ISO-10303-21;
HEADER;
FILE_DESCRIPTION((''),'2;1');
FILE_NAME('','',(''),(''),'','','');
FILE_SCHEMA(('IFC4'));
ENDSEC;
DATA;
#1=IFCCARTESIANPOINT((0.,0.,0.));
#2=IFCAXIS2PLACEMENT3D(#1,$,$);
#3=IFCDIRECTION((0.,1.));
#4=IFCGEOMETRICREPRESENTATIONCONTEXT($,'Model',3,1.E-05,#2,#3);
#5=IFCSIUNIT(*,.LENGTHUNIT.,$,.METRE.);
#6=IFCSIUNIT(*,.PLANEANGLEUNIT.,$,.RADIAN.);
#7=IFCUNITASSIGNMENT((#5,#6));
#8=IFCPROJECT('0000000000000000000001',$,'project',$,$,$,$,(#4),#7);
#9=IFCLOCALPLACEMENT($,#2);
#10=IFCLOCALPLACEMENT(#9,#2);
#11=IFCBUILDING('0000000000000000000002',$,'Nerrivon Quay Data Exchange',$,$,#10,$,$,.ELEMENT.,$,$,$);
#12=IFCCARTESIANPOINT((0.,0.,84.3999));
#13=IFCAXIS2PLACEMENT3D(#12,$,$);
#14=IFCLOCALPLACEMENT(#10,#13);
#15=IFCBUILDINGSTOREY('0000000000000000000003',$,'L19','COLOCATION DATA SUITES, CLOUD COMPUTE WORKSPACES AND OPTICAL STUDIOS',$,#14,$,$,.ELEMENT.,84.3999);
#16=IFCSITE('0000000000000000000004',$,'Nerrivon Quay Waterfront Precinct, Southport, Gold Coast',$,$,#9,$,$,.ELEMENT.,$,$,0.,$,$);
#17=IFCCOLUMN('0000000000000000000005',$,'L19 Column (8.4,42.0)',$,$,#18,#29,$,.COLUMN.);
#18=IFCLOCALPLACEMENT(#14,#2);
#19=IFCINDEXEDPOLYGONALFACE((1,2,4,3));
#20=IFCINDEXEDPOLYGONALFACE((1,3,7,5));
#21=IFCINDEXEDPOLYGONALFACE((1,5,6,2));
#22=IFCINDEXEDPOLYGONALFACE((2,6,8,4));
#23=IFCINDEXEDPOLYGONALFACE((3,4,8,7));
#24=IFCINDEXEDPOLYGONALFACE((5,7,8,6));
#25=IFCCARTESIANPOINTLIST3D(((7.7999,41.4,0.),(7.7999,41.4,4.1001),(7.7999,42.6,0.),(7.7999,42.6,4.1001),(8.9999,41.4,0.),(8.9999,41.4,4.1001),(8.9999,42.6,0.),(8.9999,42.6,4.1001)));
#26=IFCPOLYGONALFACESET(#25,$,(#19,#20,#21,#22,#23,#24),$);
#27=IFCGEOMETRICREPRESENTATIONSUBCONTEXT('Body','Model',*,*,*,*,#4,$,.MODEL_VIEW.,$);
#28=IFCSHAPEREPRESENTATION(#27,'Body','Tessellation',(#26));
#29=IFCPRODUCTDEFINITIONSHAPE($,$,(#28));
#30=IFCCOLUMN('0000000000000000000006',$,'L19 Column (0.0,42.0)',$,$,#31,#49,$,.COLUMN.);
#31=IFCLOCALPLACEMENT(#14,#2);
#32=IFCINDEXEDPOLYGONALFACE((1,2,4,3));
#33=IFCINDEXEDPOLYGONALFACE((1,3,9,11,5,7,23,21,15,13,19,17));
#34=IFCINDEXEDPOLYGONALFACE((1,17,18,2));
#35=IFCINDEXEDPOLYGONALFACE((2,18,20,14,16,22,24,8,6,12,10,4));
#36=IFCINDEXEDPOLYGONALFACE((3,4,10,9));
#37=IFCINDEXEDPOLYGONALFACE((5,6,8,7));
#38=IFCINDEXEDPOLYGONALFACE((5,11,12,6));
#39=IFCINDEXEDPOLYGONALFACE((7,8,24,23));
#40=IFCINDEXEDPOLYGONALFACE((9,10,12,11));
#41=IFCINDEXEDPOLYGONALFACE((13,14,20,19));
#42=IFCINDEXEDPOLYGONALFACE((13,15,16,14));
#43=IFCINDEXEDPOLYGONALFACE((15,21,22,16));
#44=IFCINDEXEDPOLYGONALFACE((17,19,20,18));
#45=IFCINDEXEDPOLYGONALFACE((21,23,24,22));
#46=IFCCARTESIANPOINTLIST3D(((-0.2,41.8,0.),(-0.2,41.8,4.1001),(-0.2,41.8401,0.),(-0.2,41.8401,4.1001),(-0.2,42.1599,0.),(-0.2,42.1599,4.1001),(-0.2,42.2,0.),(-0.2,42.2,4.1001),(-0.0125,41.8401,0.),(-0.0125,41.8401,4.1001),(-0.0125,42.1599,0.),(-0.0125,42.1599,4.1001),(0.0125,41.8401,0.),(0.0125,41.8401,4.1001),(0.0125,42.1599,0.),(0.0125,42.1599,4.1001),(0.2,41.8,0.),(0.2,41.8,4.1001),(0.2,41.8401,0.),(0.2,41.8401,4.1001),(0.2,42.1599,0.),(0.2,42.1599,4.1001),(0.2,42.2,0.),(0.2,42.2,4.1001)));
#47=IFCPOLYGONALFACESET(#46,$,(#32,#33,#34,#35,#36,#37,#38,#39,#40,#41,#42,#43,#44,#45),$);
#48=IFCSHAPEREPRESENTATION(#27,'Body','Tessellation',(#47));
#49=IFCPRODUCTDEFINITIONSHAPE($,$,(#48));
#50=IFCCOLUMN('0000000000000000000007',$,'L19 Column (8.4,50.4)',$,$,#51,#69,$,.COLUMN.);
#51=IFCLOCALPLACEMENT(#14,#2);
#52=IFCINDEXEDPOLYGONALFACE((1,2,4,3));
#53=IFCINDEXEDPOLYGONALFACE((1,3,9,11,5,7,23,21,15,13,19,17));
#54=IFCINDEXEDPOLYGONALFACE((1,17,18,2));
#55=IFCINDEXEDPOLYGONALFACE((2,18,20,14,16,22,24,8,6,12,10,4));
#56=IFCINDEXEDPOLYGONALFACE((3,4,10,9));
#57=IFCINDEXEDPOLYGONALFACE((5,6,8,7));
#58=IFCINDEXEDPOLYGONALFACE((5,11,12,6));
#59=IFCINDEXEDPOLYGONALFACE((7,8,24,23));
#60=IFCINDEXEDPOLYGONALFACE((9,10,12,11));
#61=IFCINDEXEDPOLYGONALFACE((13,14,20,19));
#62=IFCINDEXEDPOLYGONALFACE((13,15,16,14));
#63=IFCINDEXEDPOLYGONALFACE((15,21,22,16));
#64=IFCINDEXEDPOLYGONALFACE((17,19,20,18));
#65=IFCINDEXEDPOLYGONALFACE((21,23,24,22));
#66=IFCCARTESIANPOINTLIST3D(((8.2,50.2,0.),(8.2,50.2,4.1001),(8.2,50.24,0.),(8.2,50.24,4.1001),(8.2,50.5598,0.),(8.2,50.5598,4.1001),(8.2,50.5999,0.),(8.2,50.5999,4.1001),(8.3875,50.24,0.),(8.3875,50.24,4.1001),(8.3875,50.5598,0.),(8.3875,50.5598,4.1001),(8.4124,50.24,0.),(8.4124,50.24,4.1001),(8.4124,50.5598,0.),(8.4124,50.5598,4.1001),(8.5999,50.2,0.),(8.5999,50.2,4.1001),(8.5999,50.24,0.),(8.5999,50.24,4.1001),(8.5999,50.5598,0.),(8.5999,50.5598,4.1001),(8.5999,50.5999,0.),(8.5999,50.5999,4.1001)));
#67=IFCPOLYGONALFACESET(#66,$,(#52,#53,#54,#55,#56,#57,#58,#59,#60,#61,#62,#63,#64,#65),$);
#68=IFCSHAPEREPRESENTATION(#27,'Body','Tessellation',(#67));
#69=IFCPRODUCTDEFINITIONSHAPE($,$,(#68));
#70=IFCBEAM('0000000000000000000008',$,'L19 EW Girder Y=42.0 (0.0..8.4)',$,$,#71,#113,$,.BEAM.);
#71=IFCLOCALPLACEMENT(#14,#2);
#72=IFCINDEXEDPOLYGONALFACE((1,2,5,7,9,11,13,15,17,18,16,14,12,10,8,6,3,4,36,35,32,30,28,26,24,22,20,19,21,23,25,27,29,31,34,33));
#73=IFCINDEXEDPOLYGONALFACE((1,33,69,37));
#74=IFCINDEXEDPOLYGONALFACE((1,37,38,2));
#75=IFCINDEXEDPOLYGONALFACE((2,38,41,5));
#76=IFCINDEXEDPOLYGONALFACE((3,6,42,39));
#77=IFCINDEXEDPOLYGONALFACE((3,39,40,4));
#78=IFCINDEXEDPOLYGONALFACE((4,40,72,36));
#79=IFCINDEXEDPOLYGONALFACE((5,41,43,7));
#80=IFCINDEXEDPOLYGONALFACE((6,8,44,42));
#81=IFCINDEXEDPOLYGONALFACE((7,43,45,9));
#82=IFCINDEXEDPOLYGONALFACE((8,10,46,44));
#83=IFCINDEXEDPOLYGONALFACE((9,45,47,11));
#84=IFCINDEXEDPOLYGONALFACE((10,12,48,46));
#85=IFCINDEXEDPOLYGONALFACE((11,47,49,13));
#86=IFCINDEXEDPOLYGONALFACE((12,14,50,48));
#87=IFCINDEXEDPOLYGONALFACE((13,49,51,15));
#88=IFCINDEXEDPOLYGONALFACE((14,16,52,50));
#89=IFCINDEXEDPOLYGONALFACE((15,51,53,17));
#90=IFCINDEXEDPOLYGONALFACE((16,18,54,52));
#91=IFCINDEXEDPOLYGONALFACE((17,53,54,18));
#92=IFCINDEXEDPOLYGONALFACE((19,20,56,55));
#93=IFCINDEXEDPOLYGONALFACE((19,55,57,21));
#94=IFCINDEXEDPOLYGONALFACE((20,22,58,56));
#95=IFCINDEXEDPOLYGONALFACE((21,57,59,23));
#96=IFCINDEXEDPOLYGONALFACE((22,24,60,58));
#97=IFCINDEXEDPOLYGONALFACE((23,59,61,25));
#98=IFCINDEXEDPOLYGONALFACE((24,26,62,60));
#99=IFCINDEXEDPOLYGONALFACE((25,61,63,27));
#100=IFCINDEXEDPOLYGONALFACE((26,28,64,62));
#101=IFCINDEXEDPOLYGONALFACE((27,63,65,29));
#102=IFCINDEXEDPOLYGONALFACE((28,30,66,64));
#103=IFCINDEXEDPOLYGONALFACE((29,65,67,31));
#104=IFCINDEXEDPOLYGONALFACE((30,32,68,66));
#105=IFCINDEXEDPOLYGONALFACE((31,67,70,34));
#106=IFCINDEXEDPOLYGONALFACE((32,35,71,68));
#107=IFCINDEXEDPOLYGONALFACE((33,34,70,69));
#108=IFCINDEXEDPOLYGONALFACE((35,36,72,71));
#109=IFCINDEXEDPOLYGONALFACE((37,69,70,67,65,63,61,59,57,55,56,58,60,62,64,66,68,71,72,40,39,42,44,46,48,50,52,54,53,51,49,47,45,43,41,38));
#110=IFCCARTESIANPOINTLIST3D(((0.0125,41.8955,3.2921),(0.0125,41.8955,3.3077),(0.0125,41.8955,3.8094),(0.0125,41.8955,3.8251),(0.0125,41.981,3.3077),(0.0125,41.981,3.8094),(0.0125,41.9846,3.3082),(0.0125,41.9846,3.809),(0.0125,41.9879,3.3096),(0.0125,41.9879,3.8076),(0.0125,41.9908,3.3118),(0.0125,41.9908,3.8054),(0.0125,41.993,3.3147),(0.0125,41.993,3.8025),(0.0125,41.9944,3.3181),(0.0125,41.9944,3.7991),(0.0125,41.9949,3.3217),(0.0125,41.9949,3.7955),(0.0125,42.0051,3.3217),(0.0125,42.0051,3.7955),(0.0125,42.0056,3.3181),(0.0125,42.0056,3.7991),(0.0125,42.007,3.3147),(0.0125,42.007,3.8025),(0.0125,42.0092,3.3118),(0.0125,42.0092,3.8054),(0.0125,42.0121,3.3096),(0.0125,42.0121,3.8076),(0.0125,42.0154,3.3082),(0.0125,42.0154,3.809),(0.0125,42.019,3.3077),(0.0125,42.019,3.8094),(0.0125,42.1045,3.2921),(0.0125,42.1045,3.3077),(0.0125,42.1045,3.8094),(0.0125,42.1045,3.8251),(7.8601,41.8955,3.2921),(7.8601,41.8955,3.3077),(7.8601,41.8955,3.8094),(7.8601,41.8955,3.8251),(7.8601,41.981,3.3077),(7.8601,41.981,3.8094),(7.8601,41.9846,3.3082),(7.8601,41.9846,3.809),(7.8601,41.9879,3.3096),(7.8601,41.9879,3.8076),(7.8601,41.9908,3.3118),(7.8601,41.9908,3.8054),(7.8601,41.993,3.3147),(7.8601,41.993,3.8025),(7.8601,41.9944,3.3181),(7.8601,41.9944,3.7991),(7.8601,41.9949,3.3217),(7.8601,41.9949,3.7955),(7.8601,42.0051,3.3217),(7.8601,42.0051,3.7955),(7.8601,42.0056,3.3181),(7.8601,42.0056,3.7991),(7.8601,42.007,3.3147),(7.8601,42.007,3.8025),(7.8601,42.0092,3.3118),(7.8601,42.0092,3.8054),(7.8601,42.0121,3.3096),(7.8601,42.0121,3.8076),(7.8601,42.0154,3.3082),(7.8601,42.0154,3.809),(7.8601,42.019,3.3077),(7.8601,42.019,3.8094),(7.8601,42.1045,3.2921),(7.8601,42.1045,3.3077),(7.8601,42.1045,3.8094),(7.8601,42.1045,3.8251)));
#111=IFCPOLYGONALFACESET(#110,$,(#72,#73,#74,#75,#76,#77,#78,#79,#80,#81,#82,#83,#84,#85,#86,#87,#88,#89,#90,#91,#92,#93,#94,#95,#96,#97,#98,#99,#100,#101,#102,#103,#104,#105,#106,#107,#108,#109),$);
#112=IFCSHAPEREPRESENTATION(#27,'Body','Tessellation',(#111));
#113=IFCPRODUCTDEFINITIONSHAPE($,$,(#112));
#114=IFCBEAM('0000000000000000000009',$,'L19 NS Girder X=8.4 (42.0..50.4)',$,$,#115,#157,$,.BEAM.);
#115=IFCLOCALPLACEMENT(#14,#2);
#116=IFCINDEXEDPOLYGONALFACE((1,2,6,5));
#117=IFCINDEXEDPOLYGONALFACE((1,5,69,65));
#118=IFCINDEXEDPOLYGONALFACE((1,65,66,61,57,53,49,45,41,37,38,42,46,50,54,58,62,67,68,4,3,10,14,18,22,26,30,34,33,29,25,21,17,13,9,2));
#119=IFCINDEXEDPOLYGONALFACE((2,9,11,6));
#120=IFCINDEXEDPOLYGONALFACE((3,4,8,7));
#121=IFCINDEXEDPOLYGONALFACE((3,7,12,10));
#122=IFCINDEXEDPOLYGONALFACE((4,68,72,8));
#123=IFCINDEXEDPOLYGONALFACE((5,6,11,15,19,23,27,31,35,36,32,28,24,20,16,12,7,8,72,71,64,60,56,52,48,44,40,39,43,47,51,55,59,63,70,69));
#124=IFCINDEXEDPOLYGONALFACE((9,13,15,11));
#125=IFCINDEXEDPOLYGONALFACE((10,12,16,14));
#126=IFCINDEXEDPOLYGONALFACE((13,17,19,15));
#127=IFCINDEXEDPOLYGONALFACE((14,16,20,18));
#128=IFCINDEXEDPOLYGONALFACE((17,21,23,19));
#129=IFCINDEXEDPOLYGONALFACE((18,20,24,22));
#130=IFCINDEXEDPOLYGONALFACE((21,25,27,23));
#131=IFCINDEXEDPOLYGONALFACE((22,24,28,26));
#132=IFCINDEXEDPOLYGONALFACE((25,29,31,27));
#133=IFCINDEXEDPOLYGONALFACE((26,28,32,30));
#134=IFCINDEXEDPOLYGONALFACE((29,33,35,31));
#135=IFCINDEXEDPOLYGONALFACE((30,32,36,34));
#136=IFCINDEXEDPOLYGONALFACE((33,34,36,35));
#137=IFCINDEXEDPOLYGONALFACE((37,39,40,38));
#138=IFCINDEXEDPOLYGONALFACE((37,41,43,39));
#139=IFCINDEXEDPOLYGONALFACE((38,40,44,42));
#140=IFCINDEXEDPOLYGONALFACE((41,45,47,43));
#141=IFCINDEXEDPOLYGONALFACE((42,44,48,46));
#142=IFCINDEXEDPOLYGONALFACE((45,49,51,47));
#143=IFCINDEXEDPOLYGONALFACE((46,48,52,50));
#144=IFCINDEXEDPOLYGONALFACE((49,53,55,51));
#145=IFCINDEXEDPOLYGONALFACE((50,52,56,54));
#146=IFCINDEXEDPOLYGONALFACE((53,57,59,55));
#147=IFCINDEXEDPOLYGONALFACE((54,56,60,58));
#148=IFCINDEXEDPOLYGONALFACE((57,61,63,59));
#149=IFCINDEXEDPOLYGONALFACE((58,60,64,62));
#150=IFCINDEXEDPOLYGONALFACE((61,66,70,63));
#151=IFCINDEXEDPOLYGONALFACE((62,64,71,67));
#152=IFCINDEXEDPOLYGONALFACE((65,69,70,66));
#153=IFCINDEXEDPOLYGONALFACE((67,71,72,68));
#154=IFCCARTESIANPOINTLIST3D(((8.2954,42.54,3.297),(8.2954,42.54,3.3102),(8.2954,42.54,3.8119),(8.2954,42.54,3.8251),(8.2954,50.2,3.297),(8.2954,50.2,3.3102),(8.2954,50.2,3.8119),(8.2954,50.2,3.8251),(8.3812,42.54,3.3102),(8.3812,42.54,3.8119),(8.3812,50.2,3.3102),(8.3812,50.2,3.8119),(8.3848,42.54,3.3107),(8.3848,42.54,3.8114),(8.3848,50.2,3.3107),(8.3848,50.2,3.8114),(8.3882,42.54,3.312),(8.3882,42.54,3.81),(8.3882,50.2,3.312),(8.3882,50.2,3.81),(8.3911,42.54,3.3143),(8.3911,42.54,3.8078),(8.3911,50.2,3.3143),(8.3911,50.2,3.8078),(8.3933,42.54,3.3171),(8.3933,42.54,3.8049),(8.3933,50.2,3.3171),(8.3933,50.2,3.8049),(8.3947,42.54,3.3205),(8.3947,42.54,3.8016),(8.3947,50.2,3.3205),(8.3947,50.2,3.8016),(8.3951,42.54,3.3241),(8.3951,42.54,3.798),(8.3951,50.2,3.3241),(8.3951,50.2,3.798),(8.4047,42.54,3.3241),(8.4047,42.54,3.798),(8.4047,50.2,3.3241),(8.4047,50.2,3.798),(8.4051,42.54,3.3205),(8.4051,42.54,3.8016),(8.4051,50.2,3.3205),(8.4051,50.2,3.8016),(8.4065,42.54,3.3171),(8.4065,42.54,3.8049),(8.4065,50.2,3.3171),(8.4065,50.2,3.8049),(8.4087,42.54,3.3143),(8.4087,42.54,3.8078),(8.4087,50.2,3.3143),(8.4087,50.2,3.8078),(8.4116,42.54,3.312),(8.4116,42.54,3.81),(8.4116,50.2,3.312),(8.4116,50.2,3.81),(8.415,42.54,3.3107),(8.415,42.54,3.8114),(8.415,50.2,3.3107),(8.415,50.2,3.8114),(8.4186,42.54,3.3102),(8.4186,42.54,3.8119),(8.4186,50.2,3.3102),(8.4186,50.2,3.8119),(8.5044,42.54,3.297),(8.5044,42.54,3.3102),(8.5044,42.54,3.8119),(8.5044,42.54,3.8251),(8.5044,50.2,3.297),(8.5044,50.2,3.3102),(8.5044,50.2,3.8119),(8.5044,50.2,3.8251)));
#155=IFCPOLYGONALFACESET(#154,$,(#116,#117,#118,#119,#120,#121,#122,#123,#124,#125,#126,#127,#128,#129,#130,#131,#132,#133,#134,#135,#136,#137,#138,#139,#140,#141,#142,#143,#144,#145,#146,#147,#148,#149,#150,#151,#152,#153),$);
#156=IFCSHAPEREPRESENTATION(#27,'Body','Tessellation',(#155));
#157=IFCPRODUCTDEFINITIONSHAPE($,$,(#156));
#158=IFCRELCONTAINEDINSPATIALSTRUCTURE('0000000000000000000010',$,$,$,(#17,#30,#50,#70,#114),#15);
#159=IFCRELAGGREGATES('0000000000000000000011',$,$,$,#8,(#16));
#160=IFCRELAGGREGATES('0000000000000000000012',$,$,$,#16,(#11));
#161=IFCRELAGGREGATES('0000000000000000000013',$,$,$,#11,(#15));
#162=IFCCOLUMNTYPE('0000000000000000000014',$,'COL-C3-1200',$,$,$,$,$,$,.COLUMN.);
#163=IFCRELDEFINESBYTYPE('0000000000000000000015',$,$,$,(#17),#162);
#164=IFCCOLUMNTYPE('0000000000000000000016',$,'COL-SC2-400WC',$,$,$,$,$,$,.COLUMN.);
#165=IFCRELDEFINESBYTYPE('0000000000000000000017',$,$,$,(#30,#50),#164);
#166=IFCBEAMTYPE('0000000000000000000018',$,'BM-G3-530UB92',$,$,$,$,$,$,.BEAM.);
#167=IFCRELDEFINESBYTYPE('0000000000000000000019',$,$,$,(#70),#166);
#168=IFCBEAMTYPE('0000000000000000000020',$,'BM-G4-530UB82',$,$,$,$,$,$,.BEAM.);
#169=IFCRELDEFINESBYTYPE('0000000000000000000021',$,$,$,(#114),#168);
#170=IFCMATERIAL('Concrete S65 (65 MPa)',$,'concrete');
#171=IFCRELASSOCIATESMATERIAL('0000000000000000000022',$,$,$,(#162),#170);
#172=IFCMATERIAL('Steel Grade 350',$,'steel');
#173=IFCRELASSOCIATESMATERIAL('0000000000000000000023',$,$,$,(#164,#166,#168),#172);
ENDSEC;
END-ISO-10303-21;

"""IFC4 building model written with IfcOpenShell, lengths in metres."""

from ifc_helpers import new_model, si_unit, direction, frame, origin, origin_2d, place, context, subcontext, project, spatial, rectangle, i_section, extrude, material, material_profile, profile_set, type_object, element, save


model = new_model("IFC4")

# Units and contexts
model_context = context("Model", 3, precision=1e-05, world=origin(), true_north=direction((0.0, 1.0)))
body_context = subcontext(model_context, "Body", "Model", "MODEL_VIEW")
ifc_project = project(units=[si_unit("LENGTHUNIT", "METRE"), si_unit("PLANEANGLEUNIT", "RADIAN")], contexts=[model_context])

# Site, building, storey
site_placement = place(None, origin())
site = spatial("IfcSite", under=ifc_project, at=site_placement, Name="Nerrivon Quay Waterfront Precinct, Southport, Gold Coast", CompositionType="ELEMENT", RefElevation=0.0)
building_placement = place(site_placement, origin())
building = spatial("IfcBuilding", under=site, at=building_placement, Name="Nerrivon Quay Data Exchange", CompositionType="ELEMENT")
storey_placement = place(building_placement, frame((0.0, 0.0, 84.3999)))
storey = spatial("IfcBuildingStorey", under=building, at=storey_placement, Name="L19", Description="COLOCATION DATA SUITES, CLOUD COMPUTE WORKSPACES AND OPTICAL STUDIOS", CompositionType="ELEMENT", Elevation=84.3999)

# Columns
ifc_material_1 = material(Name="Concrete S65 (65 MPa)", Category="concrete")
ifc_material_profile_1 = material_profile(ifc_material_1, rectangle(XDim=1.2, YDim=1.2, at=origin_2d()), Name="RC-COL-1200x1200")
ifc_profile_set_1 = profile_set([ifc_material_profile_1], Name="Concrete S65 (65 MPa)")
column_type_1 = type_object("IfcColumnType", Name="COL-C3-1200", PredefinedType="COLUMN", material=ifc_profile_set_1)
column_placement = place(storey_placement, frame((8.3999, 42.0, 0.0), z_axis=(0.0, 0.0, 1.0), x_axis=(1.0, 0.0, 0.0)))
element("IfcColumn", 1, at=column_placement, inside=storey, type_object=column_type_1, Name="L19 Column (8.4,42.0)", PredefinedType="COLUMN", context=body_context, shape_type="SweptSolid", body=[
    extrude(rectangle(XDim=1.2, YDim=1.2, at=origin_2d()), origin(), (0.0, 0.0, 1.0), 4.1001),
])
ifc_material_2 = material(Name="Steel Grade 350", Category="steel")
ifc_material_profile_2 = material_profile(ifc_material_2, i_section(OverallWidth=0.3999, OverallDepth=0.3999, WebThickness=0.0249, FlangeThickness=0.04, at=origin_2d()), Name="400WC328")
ifc_profile_set_2 = profile_set([ifc_material_profile_2], Name="Steel Grade 350")
column_type_2 = type_object("IfcColumnType", Name="COL-SC2-400WC", PredefinedType="COLUMN", material=ifc_profile_set_2)
for number, where, z_axis, x_axis, name in (
    (2, (0.0, 42.0, 0.0), (0.0, 0.0, 1.0), (1.0, 0.0, 0.0), "L19 Column (0.0,42.0)"),
    (3, (8.3999, 50.3999, 0.0), (0.0, 0.0, 1.0), (1.0, 0.0, 0.0), "L19 Column (8.4,50.4)"),
):
    element("IfcColumn", number, at=place(storey_placement, frame(where, z_axis=z_axis, x_axis=x_axis)), inside=storey, type_object=column_type_2, Name=name, PredefinedType="COLUMN", context=body_context, shape_type="SweptSolid", body=[
        extrude(i_section(OverallWidth=0.3999, OverallDepth=0.3999, WebThickness=0.0249, FlangeThickness=0.04, at=origin_2d()), origin(), (0.0, 0.0, 1.0), 4.1001),
    ])

# Beams
ifc_material_profile_3 = material_profile(ifc_material_2, i_section(OverallWidth=0.209, OverallDepth=0.533, WebThickness=0.0103, FlangeThickness=0.0156, FilletRadius=0.0139, at=origin_2d()), Name="530UB92.4")
ifc_profile_set_3 = profile_set([ifc_material_profile_3], Name="Steel Grade 350")
beam_type_1 = type_object("IfcBeamType", Name="BM-G3-530UB92", PredefinedType="BEAM", material=ifc_profile_set_3)
beam_1_placement = place(storey_placement, frame((0.0125, 42.0, 3.5586), z_axis=(1.0, 0.0, 0.0), x_axis=(0.0, 1.0, 0.0)))
element("IfcBeam", 4, at=beam_1_placement, inside=storey, type_object=beam_type_1, Name="L19 EW Girder Y=42.0 (0.0..8.4)", PredefinedType="BEAM", context=body_context, shape_type="SweptSolid", body=[
    extrude(i_section(OverallWidth=0.209, OverallDepth=0.533, WebThickness=0.0103, FlangeThickness=0.0156, FilletRadius=0.0139, at=origin_2d()), origin(), (0.0, 0.0, 1.0), 7.8477),
])
ifc_material_profile_4 = material_profile(ifc_material_2, i_section(OverallWidth=0.209, OverallDepth=0.5281, WebThickness=0.0095, FlangeThickness=0.0132, FilletRadius=0.0139, at=origin_2d()), Name="530UB82.0")
ifc_profile_set_4 = profile_set([ifc_material_profile_4], Name="Steel Grade 350")
beam_type_2 = type_object("IfcBeamType", Name="BM-G4-530UB82", PredefinedType="BEAM", material=ifc_profile_set_4)
beam_2_placement = place(storey_placement, frame((8.3999, 42.54, 3.561), z_axis=(0.0, 1.0, 0.0), x_axis=(-1.0, 0.0, 0.0)))
element("IfcBeam", 5, at=beam_2_placement, inside=storey, type_object=beam_type_2, Name="L19 NS Girder X=8.4 (42.0..50.4)", PredefinedType="BEAM", context=body_context, shape_type="SweptSolid", body=[
    extrude(i_section(OverallWidth=0.209, OverallDepth=0.5281, WebThickness=0.0095, FlangeThickness=0.0132, FilletRadius=0.0139, at=origin_2d()), origin(), (0.0, 0.0, 1.0), 7.6599),
])

save(model, "model.ifc")
